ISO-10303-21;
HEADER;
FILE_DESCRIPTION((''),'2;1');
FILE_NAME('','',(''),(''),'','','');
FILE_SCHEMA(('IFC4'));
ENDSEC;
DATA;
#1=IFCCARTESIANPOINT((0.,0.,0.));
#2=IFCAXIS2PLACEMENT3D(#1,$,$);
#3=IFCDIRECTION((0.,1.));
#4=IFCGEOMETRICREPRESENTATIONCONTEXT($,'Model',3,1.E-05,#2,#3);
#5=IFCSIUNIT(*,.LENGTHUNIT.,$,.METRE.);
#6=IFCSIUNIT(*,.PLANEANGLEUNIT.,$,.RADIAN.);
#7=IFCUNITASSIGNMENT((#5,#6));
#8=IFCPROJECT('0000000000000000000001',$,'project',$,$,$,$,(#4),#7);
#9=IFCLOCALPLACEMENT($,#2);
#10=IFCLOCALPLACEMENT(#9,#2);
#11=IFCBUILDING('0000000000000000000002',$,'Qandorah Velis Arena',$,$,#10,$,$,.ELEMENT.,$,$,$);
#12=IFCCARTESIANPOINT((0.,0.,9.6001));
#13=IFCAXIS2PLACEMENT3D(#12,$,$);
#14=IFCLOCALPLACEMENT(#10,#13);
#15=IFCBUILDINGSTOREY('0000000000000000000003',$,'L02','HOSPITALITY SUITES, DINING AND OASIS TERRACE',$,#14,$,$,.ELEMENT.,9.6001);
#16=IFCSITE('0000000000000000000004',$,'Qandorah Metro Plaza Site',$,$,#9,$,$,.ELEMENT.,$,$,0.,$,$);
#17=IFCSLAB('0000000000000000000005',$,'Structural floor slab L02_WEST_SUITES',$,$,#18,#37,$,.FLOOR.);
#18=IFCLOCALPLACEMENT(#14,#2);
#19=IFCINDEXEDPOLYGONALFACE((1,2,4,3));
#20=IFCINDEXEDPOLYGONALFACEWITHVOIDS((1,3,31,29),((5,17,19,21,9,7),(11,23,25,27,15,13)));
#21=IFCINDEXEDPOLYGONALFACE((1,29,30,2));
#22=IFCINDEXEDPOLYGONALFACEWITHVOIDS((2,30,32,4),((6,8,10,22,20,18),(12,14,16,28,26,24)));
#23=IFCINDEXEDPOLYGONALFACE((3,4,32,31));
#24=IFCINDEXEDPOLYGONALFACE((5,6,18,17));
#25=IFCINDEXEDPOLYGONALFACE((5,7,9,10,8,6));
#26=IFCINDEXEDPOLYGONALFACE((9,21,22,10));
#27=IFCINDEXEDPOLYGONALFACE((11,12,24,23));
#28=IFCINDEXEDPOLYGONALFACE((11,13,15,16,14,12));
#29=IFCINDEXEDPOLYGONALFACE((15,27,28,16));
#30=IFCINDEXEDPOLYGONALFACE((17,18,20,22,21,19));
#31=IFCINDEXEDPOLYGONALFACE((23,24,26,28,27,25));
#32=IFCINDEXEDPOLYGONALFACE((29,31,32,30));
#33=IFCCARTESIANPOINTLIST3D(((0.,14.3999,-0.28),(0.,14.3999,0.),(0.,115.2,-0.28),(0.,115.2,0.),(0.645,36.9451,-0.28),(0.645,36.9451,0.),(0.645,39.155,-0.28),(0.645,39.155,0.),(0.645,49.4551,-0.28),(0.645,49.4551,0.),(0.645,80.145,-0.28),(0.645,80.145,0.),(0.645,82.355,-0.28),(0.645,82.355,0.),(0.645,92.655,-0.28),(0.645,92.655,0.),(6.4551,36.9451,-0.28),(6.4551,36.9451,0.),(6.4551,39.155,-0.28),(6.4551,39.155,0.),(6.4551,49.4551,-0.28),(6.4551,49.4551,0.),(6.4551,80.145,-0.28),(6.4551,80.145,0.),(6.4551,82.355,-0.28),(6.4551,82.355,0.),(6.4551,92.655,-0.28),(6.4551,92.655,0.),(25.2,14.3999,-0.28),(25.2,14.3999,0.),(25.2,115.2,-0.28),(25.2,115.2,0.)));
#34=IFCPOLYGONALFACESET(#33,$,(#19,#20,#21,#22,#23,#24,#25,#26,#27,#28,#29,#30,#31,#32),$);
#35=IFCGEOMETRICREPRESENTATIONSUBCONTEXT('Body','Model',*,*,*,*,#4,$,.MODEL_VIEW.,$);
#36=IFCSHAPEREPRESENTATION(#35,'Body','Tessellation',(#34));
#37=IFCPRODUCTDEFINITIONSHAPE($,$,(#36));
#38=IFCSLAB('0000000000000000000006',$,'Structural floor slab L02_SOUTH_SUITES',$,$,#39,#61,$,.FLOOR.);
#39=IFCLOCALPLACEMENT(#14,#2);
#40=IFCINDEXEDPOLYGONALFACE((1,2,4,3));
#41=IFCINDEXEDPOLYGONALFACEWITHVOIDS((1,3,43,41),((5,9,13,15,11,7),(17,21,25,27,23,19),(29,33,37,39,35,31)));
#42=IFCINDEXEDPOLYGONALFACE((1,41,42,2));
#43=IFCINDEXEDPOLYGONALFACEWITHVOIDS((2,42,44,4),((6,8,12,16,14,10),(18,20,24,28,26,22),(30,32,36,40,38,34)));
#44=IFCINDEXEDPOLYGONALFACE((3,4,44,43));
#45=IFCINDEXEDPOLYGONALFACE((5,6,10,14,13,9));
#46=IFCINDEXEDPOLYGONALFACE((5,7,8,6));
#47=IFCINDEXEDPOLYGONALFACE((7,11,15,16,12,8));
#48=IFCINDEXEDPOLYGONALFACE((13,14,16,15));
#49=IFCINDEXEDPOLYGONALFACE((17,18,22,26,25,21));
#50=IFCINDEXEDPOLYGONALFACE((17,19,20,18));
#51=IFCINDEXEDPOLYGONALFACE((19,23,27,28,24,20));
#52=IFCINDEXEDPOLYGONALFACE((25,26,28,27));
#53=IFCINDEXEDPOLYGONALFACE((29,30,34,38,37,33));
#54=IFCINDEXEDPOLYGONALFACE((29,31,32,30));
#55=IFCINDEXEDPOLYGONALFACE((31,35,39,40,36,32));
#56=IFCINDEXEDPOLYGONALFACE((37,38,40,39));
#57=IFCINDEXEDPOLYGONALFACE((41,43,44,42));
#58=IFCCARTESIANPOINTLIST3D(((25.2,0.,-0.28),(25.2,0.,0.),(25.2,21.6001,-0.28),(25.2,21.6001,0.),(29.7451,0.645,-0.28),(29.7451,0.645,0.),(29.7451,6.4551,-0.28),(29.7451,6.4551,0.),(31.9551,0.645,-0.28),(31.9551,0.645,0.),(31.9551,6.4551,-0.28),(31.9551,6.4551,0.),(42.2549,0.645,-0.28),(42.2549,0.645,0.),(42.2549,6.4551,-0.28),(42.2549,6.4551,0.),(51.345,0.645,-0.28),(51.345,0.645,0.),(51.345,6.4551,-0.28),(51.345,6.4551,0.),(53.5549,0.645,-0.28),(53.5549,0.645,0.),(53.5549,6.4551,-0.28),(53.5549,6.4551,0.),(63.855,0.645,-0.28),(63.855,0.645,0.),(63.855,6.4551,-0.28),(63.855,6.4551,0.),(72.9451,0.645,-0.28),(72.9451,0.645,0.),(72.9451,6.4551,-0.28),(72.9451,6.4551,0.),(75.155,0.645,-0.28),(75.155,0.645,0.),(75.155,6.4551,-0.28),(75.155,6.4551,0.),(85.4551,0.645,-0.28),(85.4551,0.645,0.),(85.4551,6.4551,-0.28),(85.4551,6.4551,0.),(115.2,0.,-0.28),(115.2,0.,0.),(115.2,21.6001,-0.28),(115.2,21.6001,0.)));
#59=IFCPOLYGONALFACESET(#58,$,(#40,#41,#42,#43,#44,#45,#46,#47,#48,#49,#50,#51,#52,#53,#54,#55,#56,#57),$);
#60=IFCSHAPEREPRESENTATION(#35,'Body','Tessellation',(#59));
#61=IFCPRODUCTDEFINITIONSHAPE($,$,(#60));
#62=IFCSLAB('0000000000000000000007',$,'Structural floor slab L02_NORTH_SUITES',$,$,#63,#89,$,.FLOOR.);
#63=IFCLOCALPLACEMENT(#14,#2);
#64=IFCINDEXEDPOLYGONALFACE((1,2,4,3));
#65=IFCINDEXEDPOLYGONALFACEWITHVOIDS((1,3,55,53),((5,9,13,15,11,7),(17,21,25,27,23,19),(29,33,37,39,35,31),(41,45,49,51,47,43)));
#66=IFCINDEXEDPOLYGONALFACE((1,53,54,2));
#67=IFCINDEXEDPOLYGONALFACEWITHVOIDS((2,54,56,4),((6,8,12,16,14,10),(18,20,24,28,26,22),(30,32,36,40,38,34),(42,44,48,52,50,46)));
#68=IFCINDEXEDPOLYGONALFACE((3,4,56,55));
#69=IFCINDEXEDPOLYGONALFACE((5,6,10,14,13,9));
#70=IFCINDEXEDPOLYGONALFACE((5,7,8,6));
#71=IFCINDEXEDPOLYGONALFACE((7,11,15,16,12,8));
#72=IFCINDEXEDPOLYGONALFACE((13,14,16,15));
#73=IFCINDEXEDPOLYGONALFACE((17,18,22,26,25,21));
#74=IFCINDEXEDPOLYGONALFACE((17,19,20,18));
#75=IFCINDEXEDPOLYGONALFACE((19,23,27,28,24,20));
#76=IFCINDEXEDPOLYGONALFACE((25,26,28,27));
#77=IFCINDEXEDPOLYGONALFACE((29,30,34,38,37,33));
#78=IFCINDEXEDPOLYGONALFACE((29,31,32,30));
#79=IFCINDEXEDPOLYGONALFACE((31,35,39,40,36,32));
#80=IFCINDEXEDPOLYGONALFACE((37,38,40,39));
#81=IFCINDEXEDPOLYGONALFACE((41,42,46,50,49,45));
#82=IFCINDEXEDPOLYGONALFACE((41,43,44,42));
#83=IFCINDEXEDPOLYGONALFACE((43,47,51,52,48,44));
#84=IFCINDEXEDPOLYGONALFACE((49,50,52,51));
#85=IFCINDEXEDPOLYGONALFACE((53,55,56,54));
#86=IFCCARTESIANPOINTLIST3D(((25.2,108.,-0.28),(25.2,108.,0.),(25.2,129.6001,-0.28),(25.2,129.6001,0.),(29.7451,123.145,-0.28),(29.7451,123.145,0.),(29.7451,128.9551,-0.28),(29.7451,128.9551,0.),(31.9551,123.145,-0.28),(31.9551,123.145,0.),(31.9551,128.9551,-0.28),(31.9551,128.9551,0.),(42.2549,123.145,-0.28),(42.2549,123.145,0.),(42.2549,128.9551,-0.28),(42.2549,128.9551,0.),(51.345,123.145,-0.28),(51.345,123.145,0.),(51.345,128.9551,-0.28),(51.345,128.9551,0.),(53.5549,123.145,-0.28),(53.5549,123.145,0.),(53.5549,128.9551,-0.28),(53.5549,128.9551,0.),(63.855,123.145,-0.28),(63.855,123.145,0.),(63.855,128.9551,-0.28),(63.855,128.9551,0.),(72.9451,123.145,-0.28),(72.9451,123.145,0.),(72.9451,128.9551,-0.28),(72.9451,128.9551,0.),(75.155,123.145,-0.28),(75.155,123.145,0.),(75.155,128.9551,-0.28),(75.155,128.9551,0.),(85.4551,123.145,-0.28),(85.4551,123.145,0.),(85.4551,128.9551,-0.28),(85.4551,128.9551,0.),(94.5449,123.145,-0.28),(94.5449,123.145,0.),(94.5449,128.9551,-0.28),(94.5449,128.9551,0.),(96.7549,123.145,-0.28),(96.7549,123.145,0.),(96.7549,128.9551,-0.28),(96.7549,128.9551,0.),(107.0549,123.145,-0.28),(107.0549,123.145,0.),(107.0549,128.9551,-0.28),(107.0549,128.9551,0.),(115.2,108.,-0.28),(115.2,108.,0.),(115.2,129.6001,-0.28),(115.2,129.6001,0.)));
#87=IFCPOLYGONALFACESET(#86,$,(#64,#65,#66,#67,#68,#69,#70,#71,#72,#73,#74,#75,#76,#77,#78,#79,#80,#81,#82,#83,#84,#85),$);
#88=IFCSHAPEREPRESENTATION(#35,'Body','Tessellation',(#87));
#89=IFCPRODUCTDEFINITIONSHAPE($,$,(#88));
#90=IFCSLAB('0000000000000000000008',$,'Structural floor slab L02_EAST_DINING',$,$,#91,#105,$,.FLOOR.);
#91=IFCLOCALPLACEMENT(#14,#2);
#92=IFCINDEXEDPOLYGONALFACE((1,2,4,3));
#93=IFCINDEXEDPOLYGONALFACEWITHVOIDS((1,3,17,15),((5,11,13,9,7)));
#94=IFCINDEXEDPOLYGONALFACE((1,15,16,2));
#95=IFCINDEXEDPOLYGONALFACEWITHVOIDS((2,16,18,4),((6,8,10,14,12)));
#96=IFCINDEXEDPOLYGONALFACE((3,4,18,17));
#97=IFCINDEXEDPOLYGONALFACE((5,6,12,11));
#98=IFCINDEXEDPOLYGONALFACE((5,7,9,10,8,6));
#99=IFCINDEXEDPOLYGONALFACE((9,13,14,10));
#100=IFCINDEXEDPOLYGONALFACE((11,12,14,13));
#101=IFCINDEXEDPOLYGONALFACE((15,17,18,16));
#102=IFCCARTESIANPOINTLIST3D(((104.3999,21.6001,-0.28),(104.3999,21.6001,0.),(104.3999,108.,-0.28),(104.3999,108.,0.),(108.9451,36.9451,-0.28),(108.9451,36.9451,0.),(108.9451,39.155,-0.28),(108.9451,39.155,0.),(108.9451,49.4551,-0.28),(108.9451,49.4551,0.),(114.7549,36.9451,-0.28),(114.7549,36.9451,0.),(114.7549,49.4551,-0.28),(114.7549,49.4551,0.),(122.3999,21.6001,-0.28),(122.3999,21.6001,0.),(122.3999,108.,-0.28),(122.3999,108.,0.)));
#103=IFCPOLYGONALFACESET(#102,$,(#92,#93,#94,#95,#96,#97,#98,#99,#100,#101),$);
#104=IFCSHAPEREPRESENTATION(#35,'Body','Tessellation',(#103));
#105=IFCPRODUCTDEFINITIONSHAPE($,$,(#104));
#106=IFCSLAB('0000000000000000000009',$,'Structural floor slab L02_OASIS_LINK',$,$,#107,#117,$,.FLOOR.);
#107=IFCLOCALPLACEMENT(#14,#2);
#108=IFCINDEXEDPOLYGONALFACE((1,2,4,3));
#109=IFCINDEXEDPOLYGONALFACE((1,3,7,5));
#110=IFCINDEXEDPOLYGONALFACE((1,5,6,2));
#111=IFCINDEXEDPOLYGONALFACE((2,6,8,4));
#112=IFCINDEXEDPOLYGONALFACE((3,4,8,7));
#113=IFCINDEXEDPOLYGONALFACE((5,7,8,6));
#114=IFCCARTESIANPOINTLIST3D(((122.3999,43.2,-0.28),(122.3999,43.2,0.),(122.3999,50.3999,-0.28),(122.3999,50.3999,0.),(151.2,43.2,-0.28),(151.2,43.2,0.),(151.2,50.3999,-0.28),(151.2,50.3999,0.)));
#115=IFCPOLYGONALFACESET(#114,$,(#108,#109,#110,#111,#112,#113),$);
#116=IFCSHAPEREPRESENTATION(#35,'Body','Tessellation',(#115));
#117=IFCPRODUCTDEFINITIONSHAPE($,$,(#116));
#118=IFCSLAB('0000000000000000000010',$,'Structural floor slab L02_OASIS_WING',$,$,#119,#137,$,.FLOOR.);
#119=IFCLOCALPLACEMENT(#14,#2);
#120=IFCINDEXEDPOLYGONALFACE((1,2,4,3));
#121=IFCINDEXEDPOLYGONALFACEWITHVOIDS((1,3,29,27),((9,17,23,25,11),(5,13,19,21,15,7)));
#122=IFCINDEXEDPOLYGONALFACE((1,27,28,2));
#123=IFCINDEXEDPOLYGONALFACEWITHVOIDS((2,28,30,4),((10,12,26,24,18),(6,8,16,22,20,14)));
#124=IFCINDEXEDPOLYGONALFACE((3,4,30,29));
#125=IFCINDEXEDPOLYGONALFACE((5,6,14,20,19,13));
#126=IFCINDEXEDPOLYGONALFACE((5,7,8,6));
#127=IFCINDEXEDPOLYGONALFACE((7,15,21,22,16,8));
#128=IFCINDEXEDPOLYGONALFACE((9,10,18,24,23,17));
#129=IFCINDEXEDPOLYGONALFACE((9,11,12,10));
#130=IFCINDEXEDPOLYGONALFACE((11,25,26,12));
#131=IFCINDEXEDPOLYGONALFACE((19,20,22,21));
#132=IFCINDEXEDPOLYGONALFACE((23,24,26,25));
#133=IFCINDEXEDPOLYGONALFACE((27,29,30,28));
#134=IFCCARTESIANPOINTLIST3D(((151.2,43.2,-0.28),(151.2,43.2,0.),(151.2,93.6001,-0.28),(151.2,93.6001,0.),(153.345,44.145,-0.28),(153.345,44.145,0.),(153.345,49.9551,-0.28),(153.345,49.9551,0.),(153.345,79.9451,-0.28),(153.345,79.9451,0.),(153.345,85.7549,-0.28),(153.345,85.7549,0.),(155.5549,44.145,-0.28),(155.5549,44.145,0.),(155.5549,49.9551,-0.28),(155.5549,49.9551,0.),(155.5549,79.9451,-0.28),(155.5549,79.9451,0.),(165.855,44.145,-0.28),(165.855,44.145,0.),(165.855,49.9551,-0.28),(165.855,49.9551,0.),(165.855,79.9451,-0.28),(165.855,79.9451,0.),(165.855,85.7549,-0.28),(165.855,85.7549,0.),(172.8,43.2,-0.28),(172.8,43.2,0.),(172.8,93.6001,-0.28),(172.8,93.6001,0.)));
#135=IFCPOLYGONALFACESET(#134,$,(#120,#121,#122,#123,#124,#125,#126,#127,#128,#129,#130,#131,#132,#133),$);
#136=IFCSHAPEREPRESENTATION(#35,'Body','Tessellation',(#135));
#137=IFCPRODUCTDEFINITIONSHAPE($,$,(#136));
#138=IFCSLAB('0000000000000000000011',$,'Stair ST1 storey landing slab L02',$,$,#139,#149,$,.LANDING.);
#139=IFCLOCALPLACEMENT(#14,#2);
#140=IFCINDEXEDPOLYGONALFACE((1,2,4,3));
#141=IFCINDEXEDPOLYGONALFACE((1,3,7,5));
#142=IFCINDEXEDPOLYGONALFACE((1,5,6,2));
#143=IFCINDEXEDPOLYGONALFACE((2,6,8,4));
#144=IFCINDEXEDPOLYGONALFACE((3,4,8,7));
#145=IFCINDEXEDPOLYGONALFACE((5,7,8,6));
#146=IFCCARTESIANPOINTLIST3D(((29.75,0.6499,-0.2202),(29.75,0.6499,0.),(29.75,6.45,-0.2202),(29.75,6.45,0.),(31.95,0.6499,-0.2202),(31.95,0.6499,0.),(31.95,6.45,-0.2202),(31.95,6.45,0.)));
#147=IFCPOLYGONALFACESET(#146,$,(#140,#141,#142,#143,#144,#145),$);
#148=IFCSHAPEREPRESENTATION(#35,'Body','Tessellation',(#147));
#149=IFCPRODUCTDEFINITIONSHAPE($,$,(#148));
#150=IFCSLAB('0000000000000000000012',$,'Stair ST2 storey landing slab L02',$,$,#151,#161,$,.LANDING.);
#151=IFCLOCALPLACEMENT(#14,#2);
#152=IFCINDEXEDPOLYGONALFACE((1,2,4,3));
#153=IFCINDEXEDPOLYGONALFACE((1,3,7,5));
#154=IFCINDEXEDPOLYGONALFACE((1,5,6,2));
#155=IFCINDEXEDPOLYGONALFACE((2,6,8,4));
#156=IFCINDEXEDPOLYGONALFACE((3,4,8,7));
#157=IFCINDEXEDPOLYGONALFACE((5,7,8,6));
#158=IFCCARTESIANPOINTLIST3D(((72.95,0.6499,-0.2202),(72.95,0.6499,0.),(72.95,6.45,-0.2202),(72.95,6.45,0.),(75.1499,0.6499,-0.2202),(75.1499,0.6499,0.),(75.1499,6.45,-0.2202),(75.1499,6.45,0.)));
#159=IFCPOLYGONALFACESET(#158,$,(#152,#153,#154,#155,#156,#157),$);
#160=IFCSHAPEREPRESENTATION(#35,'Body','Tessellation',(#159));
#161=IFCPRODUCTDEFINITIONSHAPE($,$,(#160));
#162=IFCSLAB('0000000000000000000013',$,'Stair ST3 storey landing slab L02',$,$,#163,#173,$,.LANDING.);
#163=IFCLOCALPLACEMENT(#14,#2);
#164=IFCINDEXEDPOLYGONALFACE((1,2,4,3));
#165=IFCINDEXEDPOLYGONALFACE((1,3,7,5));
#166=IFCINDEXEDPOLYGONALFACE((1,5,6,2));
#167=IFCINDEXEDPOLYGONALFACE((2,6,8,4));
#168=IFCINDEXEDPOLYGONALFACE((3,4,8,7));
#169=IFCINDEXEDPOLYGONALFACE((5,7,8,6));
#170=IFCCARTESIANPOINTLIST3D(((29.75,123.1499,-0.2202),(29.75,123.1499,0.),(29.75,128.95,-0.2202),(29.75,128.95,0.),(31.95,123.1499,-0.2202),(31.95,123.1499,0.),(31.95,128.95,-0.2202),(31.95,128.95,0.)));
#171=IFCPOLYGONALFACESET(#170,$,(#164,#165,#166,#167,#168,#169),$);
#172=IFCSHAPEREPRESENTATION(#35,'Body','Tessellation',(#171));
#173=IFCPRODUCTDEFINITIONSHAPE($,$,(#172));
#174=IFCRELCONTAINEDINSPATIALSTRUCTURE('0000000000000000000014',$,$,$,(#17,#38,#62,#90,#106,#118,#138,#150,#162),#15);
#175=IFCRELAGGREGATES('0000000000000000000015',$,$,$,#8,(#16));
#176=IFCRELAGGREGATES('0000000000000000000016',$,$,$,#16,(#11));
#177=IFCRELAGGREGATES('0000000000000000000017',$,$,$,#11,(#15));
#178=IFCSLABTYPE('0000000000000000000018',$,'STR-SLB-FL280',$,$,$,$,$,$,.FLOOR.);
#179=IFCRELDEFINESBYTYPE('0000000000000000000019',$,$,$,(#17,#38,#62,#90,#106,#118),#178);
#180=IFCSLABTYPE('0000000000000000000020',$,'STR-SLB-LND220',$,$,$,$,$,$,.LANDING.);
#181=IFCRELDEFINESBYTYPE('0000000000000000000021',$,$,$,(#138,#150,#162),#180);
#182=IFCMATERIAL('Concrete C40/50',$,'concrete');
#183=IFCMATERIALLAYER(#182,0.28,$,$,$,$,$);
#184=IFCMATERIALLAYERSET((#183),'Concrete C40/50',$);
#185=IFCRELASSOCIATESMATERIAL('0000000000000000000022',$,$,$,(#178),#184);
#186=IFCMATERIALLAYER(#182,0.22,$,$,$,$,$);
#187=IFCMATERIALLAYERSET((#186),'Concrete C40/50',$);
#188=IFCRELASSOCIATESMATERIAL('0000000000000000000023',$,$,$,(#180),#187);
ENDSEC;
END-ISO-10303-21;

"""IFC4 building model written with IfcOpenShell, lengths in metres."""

from ifc_helpers import new_model, si_unit, direction, frame, origin, place, context, subcontext, project, spatial, polyline, outline, extrude, material, layer, layer_set, type_object, element, save


model = new_model("IFC4")

# Units and contexts
model_context = context("Model", 3, precision=1e-05, world=origin(), true_north=direction((0.0, 1.0)))
body_context = subcontext(model_context, "Body", "Model", "MODEL_VIEW")
ifc_project = project(units=[si_unit("LENGTHUNIT", "METRE"), si_unit("PLANEANGLEUNIT", "RADIAN")], contexts=[model_context])

# Site, building, storey
site_placement = place(None, origin())
site = spatial("IfcSite", under=ifc_project, at=site_placement, Name="Qandorah Metro Plaza Site", CompositionType="ELEMENT", RefElevation=0.0)
building_placement = place(site_placement, origin())
building = spatial("IfcBuilding", under=site, at=building_placement, Name="Qandorah Velis Arena", CompositionType="ELEMENT")
storey_placement = place(building_placement, frame((0.0, 0.0, 9.6001)))
storey = spatial("IfcBuildingStorey", under=building, at=storey_placement, Name="L02", Description="HOSPITALITY SUITES, DINING AND OASIS TERRACE", CompositionType="ELEMENT", Elevation=9.6001)

# Slabs
ifc_material = material(Name="Concrete C40/50", Category="concrete")
ifc_layer_1 = layer(ifc_material, 0.28)
ifc_layer_set_1 = layer_set([ifc_layer_1], Name="Concrete C40/50")
slab_type_1 = type_object("IfcSlabType", Name="STR-SLB-FL280", PredefinedType="FLOOR", material=ifc_layer_set_1)
slab_1_placement = place(storey_placement, frame((0.0, 0.0, -0.28)))
element("IfcSlab", 1, at=slab_1_placement, inside=storey, type_object=slab_type_1, Name="Structural floor slab L02_WEST_SUITES", PredefinedType="FLOOR", context=body_context, shape_type="SweptSolid", body=[
    extrude(outline(polyline([(25.2, 14.3999), (0.0, 14.3999), (0.0, 115.2), (25.2, 115.2), (25.2, 14.3999)]), holes=[polyline([(6.4551, 36.9451), (6.4551, 39.155), (6.4551, 49.4551), (0.645, 49.4551), (0.645, 39.155), (0.645, 36.9451), (6.4551, 36.9451)]), polyline([(0.645, 80.145), (6.4551, 80.145), (6.4551, 82.355), (6.4551, 92.655), (0.645, 92.655), (0.645, 82.355), (0.645, 80.145)])]), origin(), (0.0, 0.0, 1.0), 0.28),
])
slab_2_placement = place(storey_placement, frame((0.0, 0.0, -0.28)))
element("IfcSlab", 2, at=slab_2_placement, inside=storey, type_object=slab_type_1, Name="Structural floor slab L02_SOUTH_SUITES", PredefinedType="FLOOR", context=body_context, shape_type="SweptSolid", body=[
    extrude(outline(polyline([(25.2, 21.6001), (115.2, 21.6001), (115.2, 0.0), (25.2, 0.0), (25.2, 21.6001)]), holes=[polyline([(42.2549, 6.4551), (31.9551, 6.4551), (29.7451, 6.4551), (29.7451, 0.645), (31.9551, 0.645), (42.2549, 0.645), (42.2549, 6.4551)]), polyline([(85.4551, 0.645), (85.4551, 6.4551), (75.155, 6.4551), (72.9451, 6.4551), (72.9451, 0.645), (75.155, 0.645), (85.4551, 0.645)]), polyline([(51.345, 0.645), (53.5549, 0.645), (63.855, 0.645), (63.855, 6.4551), (53.5549, 6.4551), (51.345, 6.4551), (51.345, 6.4551), (51.345, 0.645), (51.345, 0.645)])]), origin(), (0.0, 0.0, 1.0), 0.28),
])
slab_3_placement = place(storey_placement, frame((0.0, 0.0, -0.28)))
element("IfcSlab", 3, at=slab_3_placement, inside=storey, type_object=slab_type_1, Name="Structural floor slab L02_NORTH_SUITES", PredefinedType="FLOOR", context=body_context, shape_type="SweptSolid", body=[
    extrude(outline(polyline([(115.2, 108.0), (25.2, 108.0), (25.2, 129.6001), (115.2, 129.6001), (115.2, 108.0)]), holes=[polyline([(29.7451, 123.145), (31.9551, 123.145), (42.2549, 123.145), (42.2549, 128.9551), (31.9551, 128.9551), (31.9551, 128.9551), (29.7451, 128.9551), (29.7451, 128.9551), (29.7451, 123.145)]), polyline([(72.9451, 128.9551), (72.9451, 123.145), (75.155, 123.145), (85.4551, 123.145), (85.4551, 128.9551), (75.155, 128.9551), (75.155, 128.9551), (72.9451, 128.9551), (72.9451, 128.9551)]), polyline([(51.345, 128.9551), (51.345, 123.145), (51.345, 123.145), (53.5549, 123.145), (63.855, 123.145), (63.855, 128.9551), (53.5549, 128.9551), (53.5549, 128.9551), (51.345, 128.9551)]), polyline([(96.7549, 128.9551), (94.5449, 128.9551), (94.5449, 128.9551), (94.5449, 123.145), (96.7549, 123.145), (107.0549, 123.145), (107.0549, 128.9551), (96.7549, 128.9551), (96.7549, 128.9551)])]), origin(), (0.0, 0.0, 1.0), 0.28),
])
slab_4_placement = place(storey_placement, frame((0.0, 0.0, -0.28)))
element("IfcSlab", 4, at=slab_4_placement, inside=storey, type_object=slab_type_1, Name="Structural floor slab L02_EAST_DINING", PredefinedType="FLOOR", context=body_context, shape_type="SweptSolid", body=[
    extrude(outline(polyline([(104.3999, 108.0), (122.3999, 108.0), (122.3999, 21.6001), (104.3999, 21.6001), (104.3999, 108.0)]), holes=[polyline([(108.9451, 36.9451), (114.7549, 36.9451), (114.7549, 36.9451), (114.7549, 49.4551), (108.9451, 49.4551), (108.9451, 39.155), (108.9451, 36.9451)])]), origin(), (0.0, 0.0, 1.0), 0.28),
])
slab_5_placement = place(storey_placement, frame((0.0, 0.0, -0.28)))
element("IfcSlab", 5, at=slab_5_placement, inside=storey, type_object=slab_type_1, Name="Structural floor slab L02_OASIS_LINK", PredefinedType="FLOOR", context=body_context, shape_type="SweptSolid", body=[
    extrude(outline(polyline([(151.2, 43.2), (151.2, 50.3999), (122.3999, 50.3999), (122.3999, 43.2), (151.2, 43.2)])), origin(), (0.0, 0.0, 1.0), 0.28),
])
slab_6_placement = place(storey_placement, frame((0.0, 0.0, -0.28)))
element("IfcSlab", 6, at=slab_6_placement, inside=storey, type_object=slab_type_1, Name="Structural floor slab L02_OASIS_WING", PredefinedType="FLOOR", context=body_context, shape_type="SweptSolid", body=[
    extrude(outline(polyline([(172.8, 43.2), (151.2, 43.2), (151.2, 93.6001), (172.8, 93.6001), (172.8, 43.2)]), holes=[polyline([(155.5549, 44.145), (165.855, 44.145), (165.855, 49.9551), (155.5549, 49.9551), (153.345, 49.9551), (153.345, 44.145), (155.5549, 44.145)]), polyline([(153.345, 79.9451), (155.5549, 79.9451), (165.855, 79.9451), (165.855, 85.7549), (153.345, 85.7549), (153.345, 85.7549), (153.345, 79.9451)])]), origin(), (0.0, 0.0, 1.0), 0.28),
])
ifc_layer_2 = layer(ifc_material, 0.22)
ifc_layer_set_2 = layer_set([ifc_layer_2], Name="Concrete C40/50")
slab_type_2 = type_object("IfcSlabType", Name="STR-SLB-LND220", PredefinedType="LANDING", material=ifc_layer_set_2)
slab_7_placement = place(storey_placement, frame((0.0, 0.0, -0.2202)))
element("IfcSlab", 7, at=slab_7_placement, inside=storey, type_object=slab_type_2, Name="Stair ST1 storey landing slab L02", PredefinedType="LANDING", context=body_context, shape_type="SweptSolid", body=[
    extrude(outline(polyline([(29.75, 0.6499), (31.95, 0.6499), (31.95, 6.45), (29.75, 6.45), (29.75, 0.6499)])), origin(), (0.0, 0.0, 1.0), 0.2202),
])
slab_8_placement = place(storey_placement, frame((0.0, 0.0, -0.2202)))
element("IfcSlab", 8, at=slab_8_placement, inside=storey, type_object=slab_type_2, Name="Stair ST2 storey landing slab L02", PredefinedType="LANDING", context=body_context, shape_type="SweptSolid", body=[
    extrude(outline(polyline([(72.95, 0.6499), (75.1499, 0.6499), (75.1499, 6.45), (72.95, 6.45), (72.95, 0.6499)])), origin(), (0.0, 0.0, 1.0), 0.2202),
])
slab_9_placement = place(storey_placement, frame((0.0, 0.0, -0.2202)))
element("IfcSlab", 9, at=slab_9_placement, inside=storey, type_object=slab_type_2, Name="Stair ST3 storey landing slab L02", PredefinedType="LANDING", context=body_context, shape_type="SweptSolid", body=[
    extrude(outline(polyline([(29.75, 123.1499), (31.95, 123.1499), (31.95, 128.95), (29.75, 128.95), (29.75, 123.1499)])), origin(), (0.0, 0.0, 1.0), 0.2202),
])

save(model, "model.ifc")
